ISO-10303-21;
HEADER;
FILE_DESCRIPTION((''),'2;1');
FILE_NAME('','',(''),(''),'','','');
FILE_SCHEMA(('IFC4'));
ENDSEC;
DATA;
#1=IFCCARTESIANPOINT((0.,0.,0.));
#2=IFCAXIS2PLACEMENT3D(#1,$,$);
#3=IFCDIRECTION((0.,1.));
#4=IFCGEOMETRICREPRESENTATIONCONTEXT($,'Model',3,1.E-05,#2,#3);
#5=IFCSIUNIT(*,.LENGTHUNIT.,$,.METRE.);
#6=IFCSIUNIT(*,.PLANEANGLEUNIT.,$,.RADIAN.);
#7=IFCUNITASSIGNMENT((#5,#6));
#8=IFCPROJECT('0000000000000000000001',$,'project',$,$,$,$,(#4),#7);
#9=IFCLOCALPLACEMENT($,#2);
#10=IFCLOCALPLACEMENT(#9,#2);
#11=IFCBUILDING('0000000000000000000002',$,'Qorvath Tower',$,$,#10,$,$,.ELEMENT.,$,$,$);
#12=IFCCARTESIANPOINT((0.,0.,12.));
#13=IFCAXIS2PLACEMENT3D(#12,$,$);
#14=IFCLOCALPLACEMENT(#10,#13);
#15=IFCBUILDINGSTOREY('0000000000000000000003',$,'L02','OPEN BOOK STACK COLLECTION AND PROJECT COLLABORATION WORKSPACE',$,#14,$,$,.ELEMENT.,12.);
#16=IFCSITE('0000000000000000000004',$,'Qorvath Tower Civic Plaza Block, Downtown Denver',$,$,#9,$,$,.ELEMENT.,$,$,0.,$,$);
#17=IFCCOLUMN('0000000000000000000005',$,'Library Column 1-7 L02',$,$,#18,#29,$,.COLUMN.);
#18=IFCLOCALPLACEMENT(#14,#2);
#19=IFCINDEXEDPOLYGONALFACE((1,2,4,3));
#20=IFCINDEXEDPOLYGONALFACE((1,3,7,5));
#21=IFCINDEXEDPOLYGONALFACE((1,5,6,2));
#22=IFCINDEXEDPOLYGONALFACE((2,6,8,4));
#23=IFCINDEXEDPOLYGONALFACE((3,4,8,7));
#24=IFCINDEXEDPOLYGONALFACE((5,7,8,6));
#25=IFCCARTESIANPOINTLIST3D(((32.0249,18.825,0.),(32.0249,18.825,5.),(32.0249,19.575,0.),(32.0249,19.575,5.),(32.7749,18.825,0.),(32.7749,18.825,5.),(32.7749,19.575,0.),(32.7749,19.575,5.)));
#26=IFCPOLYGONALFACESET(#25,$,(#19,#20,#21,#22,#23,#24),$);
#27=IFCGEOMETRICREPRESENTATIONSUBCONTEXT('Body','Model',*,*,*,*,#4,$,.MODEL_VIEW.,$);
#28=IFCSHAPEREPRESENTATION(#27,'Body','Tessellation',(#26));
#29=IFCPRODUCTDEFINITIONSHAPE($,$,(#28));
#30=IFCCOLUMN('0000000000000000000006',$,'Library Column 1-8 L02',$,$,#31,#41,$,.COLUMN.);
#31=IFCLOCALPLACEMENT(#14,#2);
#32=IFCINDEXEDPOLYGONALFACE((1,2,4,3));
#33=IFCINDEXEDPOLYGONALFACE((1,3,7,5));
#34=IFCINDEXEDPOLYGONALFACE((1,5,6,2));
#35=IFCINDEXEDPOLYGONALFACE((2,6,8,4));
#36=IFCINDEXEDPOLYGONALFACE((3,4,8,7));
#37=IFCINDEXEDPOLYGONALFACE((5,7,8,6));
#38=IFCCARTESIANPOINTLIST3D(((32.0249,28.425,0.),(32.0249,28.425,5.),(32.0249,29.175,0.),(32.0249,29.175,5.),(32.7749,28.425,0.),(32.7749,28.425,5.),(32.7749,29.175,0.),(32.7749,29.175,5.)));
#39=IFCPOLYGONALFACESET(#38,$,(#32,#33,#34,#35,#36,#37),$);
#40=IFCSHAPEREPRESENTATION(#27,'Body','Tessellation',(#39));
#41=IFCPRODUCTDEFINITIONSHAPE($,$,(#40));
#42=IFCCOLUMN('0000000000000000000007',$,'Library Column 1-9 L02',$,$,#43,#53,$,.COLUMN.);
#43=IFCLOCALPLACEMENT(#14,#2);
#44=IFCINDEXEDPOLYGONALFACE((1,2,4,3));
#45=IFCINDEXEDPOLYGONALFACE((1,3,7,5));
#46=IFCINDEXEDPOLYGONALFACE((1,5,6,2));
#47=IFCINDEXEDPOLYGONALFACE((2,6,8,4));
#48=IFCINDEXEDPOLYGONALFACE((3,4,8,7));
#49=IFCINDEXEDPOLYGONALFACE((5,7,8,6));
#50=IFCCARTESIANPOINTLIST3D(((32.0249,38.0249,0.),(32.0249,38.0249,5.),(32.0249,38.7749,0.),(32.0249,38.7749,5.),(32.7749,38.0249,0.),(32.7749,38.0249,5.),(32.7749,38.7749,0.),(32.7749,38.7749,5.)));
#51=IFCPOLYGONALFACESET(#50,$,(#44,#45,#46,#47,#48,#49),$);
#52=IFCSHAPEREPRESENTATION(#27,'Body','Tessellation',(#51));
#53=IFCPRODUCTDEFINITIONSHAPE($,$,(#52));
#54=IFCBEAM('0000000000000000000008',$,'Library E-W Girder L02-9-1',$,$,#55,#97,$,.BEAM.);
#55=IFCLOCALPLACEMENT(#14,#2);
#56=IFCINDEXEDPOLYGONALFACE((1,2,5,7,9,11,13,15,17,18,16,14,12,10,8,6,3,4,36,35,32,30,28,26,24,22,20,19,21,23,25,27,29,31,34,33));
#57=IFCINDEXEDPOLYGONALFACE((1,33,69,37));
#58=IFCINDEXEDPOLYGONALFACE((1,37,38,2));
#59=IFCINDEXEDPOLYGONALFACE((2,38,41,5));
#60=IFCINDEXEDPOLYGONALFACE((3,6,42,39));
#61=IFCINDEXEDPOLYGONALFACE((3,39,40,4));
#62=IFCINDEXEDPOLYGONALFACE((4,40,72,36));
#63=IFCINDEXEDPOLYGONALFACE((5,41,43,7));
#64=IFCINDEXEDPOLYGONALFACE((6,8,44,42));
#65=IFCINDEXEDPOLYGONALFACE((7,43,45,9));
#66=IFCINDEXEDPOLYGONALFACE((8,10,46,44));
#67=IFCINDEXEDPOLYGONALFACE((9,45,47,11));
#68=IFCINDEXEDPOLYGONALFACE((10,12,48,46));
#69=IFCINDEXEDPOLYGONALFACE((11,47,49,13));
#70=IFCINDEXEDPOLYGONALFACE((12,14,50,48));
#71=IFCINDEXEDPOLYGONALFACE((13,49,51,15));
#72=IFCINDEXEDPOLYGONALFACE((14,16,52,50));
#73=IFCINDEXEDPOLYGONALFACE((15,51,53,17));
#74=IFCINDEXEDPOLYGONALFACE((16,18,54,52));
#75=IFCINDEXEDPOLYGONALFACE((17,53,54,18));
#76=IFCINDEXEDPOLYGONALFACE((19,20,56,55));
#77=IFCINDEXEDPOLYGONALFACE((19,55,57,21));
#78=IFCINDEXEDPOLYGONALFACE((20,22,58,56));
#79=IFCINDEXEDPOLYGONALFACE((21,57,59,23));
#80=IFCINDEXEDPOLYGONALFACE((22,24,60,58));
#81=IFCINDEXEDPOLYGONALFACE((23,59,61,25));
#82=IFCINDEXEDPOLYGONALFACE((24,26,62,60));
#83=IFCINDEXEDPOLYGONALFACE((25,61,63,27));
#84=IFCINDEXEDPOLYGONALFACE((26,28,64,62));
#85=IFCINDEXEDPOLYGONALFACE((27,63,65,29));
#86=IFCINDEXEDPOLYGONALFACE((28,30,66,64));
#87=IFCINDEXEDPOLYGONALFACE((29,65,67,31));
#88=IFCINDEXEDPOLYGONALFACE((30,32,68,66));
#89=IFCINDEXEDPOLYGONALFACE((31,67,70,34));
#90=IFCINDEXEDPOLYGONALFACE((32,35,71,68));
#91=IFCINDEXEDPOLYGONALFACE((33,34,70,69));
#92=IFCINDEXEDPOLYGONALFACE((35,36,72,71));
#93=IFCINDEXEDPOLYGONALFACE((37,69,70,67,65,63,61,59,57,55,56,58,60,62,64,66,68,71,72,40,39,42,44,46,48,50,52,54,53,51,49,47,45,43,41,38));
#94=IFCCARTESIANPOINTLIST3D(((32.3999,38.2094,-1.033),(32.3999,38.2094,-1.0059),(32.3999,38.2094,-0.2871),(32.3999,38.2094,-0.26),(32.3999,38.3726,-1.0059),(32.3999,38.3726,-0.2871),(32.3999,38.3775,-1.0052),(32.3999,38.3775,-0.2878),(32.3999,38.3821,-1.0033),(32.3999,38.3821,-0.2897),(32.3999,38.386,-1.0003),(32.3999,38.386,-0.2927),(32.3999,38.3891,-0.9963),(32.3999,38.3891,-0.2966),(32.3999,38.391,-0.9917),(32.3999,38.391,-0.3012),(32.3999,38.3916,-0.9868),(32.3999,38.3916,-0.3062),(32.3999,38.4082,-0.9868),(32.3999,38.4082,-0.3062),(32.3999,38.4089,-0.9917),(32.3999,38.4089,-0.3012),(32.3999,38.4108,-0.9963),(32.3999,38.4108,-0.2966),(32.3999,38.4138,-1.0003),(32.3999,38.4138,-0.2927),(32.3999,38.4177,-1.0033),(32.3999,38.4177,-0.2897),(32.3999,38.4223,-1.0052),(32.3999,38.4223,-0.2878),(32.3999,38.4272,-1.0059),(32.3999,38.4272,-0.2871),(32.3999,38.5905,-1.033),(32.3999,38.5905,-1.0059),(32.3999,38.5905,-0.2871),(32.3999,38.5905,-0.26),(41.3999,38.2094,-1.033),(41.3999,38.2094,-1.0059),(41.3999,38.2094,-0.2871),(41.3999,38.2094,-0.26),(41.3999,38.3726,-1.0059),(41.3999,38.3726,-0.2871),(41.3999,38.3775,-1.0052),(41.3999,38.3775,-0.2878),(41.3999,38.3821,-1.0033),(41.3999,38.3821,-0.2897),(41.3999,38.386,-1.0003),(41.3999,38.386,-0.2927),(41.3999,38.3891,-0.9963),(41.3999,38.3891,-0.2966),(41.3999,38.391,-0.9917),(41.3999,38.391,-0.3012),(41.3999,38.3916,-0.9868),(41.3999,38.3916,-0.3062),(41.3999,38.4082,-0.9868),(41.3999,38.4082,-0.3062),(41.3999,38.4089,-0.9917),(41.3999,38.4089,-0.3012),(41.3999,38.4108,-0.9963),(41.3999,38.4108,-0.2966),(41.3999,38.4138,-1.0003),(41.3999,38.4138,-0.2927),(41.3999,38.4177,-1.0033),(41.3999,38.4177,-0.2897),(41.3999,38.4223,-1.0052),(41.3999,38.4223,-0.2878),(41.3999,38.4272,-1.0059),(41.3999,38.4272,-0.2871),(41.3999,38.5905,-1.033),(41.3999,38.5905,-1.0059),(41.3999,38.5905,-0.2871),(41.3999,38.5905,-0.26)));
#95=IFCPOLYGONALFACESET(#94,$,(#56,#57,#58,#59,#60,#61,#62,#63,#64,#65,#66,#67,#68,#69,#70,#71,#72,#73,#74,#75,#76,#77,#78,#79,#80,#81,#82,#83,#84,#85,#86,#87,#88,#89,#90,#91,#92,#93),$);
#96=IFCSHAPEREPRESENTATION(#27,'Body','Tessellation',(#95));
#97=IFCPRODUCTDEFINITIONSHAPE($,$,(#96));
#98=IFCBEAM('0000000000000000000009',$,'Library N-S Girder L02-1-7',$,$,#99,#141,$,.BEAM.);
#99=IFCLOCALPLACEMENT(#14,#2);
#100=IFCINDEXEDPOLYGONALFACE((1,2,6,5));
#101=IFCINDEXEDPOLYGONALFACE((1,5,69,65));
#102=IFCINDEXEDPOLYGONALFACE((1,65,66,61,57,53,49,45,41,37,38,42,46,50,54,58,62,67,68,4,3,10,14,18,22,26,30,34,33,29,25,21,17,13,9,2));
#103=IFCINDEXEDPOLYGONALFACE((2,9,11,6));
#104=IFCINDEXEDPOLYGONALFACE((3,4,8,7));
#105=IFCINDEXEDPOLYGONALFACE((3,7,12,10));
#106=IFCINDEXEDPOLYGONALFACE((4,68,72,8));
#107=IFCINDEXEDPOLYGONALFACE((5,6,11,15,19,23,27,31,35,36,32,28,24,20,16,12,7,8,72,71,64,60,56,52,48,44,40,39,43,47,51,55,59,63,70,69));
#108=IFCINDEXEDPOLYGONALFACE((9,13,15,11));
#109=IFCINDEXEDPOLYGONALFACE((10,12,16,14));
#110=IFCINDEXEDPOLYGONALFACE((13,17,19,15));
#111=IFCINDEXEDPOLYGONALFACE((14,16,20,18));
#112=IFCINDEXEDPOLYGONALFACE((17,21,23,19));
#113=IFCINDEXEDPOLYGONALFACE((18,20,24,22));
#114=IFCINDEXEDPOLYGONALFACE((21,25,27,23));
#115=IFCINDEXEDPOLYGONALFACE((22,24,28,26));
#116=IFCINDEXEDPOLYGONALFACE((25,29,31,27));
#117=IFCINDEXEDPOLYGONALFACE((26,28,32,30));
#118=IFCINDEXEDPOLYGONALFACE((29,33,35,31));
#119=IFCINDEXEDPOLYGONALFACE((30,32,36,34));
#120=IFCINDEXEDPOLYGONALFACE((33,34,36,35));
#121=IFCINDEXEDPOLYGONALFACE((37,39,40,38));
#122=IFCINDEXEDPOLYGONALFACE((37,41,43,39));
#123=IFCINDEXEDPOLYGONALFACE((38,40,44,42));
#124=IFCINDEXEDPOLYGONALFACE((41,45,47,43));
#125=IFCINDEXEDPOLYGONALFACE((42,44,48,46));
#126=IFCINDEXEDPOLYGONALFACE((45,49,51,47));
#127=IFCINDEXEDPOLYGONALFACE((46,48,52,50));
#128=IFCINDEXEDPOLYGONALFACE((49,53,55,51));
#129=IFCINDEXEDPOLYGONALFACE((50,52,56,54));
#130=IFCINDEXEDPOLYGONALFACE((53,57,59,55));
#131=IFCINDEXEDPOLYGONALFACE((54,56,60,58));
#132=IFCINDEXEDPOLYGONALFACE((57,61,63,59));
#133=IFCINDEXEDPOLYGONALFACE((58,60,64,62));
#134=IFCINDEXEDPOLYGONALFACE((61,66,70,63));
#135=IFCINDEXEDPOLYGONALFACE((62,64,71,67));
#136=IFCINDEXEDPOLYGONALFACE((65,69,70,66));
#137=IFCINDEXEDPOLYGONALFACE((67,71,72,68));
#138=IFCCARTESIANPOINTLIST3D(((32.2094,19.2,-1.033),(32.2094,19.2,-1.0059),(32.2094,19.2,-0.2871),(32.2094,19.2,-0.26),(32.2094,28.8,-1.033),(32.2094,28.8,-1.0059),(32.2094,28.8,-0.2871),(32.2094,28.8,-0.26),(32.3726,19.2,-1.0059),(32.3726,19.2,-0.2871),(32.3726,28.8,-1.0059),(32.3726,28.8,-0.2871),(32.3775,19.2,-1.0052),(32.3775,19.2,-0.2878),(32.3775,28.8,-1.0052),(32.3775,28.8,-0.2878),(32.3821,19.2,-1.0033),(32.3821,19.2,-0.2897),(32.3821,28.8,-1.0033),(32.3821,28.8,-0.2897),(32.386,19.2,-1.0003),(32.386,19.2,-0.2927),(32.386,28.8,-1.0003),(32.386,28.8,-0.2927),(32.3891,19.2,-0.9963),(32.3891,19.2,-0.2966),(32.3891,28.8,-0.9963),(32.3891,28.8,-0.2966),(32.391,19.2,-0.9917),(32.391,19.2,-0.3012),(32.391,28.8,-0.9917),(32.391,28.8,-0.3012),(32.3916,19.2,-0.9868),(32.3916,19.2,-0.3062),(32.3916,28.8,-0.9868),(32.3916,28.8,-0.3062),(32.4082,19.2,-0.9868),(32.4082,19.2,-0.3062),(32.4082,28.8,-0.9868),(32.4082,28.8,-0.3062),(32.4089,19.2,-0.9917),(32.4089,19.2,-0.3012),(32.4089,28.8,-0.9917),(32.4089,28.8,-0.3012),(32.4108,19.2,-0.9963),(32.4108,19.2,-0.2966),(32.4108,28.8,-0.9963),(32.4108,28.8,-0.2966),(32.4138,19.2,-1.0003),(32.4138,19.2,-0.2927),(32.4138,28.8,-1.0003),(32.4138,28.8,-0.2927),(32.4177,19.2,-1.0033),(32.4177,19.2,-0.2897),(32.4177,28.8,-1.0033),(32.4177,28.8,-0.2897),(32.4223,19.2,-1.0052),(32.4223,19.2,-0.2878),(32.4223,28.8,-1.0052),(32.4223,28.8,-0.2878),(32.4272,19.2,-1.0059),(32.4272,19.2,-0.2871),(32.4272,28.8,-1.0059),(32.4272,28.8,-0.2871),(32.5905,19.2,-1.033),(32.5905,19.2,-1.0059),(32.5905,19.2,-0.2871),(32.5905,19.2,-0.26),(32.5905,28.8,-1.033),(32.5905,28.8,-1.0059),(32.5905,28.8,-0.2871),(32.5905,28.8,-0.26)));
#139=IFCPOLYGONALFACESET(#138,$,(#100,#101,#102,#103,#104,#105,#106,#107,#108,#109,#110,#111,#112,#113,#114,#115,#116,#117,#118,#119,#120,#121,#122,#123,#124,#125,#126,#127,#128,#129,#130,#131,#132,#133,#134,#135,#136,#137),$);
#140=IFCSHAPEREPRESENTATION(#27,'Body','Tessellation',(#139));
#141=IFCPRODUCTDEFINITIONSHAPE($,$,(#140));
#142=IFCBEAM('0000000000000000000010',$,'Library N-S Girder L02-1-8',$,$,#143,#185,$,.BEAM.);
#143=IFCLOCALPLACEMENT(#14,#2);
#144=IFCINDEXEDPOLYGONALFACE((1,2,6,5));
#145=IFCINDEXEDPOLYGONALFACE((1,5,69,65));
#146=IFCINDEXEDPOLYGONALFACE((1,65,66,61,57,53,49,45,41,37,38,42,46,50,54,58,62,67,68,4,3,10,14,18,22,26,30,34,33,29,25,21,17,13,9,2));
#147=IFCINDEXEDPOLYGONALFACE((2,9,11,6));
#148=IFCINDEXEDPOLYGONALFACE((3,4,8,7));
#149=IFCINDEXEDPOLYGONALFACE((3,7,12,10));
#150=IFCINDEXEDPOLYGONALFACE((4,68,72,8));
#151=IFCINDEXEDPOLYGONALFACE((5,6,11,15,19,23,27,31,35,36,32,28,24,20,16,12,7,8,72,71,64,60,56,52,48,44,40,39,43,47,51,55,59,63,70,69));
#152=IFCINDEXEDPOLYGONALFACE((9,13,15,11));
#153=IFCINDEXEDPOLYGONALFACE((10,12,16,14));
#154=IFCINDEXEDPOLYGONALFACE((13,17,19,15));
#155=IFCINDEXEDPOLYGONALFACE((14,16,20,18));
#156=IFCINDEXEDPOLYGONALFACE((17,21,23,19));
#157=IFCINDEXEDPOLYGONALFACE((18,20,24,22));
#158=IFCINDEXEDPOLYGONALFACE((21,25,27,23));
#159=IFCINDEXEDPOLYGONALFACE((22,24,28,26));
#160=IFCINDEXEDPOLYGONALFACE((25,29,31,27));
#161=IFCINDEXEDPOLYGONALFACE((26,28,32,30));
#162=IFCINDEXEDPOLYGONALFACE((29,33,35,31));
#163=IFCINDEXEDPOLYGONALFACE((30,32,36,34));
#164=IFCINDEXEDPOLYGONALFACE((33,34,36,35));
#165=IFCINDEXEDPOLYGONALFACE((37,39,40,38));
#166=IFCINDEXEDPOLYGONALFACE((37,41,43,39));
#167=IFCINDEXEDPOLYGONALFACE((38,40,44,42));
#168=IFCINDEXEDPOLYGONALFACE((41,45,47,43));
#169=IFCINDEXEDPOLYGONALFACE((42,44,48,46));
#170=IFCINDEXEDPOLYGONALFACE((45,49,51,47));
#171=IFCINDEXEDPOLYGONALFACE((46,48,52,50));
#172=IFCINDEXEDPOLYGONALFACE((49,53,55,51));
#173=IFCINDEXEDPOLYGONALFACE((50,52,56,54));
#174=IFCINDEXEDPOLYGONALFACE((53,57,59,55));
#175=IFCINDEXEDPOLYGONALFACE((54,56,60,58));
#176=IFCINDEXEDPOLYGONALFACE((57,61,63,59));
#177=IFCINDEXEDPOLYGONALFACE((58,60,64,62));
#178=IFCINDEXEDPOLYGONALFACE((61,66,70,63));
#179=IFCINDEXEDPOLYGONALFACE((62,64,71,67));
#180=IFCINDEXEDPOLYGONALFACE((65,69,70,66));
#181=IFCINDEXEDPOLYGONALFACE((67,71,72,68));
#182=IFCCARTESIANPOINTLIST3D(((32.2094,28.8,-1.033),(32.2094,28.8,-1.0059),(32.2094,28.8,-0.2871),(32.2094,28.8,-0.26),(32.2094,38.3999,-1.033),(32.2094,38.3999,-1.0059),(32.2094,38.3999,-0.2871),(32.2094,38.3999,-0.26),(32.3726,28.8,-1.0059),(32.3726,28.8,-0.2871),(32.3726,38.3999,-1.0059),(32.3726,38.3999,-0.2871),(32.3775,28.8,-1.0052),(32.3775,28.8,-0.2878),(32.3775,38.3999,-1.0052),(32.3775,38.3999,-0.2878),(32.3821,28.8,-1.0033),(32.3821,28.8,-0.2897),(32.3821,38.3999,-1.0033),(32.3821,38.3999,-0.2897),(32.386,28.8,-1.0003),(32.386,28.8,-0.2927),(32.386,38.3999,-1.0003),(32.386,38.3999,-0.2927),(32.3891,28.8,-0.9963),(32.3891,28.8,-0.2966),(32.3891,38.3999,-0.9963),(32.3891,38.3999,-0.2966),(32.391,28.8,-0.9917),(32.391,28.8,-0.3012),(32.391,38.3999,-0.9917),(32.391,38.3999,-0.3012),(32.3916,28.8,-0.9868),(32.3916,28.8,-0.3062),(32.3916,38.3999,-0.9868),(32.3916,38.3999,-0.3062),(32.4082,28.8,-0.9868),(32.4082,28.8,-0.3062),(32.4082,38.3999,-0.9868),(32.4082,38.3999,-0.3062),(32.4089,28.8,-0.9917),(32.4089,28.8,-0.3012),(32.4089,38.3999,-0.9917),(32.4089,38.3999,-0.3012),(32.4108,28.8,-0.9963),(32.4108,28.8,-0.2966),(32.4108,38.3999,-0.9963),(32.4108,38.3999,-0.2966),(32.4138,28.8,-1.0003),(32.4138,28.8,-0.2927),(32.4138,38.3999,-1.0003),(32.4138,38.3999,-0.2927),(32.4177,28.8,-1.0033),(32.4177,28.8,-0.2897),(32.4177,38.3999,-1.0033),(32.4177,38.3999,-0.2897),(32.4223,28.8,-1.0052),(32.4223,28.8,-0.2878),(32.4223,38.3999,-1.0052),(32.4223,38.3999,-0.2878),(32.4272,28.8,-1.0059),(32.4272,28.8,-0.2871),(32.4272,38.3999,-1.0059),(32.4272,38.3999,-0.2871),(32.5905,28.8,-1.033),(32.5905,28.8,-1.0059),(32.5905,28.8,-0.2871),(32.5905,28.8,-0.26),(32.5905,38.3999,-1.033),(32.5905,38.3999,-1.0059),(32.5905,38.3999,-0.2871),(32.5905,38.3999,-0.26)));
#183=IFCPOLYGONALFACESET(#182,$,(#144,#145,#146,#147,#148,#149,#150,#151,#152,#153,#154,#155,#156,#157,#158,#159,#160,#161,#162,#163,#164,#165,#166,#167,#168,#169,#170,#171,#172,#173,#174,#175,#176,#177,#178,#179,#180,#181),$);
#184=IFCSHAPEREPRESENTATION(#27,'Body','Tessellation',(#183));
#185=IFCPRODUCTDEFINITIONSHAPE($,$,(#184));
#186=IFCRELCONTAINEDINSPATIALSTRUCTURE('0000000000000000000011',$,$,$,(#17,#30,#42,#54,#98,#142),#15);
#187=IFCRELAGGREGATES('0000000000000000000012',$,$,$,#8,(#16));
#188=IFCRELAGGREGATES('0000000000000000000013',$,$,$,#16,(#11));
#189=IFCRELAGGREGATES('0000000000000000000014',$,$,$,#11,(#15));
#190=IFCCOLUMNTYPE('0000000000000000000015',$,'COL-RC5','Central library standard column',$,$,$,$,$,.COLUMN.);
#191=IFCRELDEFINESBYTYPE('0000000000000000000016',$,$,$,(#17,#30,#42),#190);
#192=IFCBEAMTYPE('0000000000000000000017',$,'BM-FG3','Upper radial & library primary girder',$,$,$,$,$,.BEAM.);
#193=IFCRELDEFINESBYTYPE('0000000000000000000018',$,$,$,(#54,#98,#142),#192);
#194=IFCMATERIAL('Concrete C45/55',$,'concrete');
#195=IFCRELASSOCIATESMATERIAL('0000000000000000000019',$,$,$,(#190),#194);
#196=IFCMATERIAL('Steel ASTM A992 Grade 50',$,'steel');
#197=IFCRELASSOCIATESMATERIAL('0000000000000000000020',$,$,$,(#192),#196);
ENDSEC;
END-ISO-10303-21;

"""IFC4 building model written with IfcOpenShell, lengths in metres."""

from ifc_helpers import new_model, si_unit, direction, frame, origin, origin_2d, place, context, subcontext, project, spatial, rectangle, i_section, extrude, material, material_profile, profile_set, type_object, element, save


model = new_model("IFC4")

# Units and contexts
model_context = context("Model", 3, precision=1e-05, world=origin(), true_north=direction((0.0, 1.0)))
body_context = subcontext(model_context, "Body", "Model", "MODEL_VIEW")
ifc_project = project(units=[si_unit("LENGTHUNIT", "METRE"), si_unit("PLANEANGLEUNIT", "RADIAN")], contexts=[model_context])

# Site, building, storey
site_placement = place(None, origin())
site = spatial("IfcSite", under=ifc_project, at=site_placement, Name="Qorvath Tower Civic Plaza Block, Downtown Denver", CompositionType="ELEMENT", RefElevation=0.0)
building_placement = place(site_placement, origin())
building = spatial("IfcBuilding", under=site, at=building_placement, Name="Qorvath Tower", CompositionType="ELEMENT")
storey_placement = place(building_placement, frame((0.0, 0.0, 12.0)))
storey = spatial("IfcBuildingStorey", under=building, at=storey_placement, Name="L02", Description="OPEN BOOK STACK COLLECTION AND PROJECT COLLABORATION WORKSPACE", CompositionType="ELEMENT", Elevation=12.0)

# Columns
ifc_material_1 = material(Name="Concrete C45/55", Category="concrete")
ifc_material_profile_1 = material_profile(ifc_material_1, rectangle(XDim=0.75, YDim=0.75, at=origin_2d()), Name="RC 750x750")
ifc_profile_set_1 = profile_set([ifc_material_profile_1], Name="Concrete C45/55")
column_type = type_object("IfcColumnType", Name="COL-RC5", Description="Central library standard column", PredefinedType="COLUMN", material=ifc_profile_set_1)
for number, where, z_axis, x_axis, name in (
    (1, (32.3999, 19.2, 0.0), (0.0, 0.0, 1.0), (1.0, 0.0, 0.0), "Library Column 1-7 L02"),
    (2, (32.3999, 28.8, 0.0), (0.0, 0.0, 1.0), (1.0, 0.0, 0.0), "Library Column 1-8 L02"),
    (3, (32.3999, 38.3999, 0.0), (0.0, 0.0, 1.0), (1.0, 0.0, 0.0), "Library Column 1-9 L02"),
):
    element("IfcColumn", number, at=place(storey_placement, frame(where, z_axis=z_axis, x_axis=x_axis)), inside=storey, type_object=column_type, Name=name, PredefinedType="COLUMN", context=body_context, shape_type="SweptSolid", body=[
        extrude(rectangle(XDim=0.75, YDim=0.75, at=origin_2d()), origin(), (0.0, 0.0, 1.0), 5.0),
    ])

# Beams
ifc_material_2 = material(Name="Steel ASTM A992 Grade 50", Category="steel")
ifc_material_profile_2 = material_profile(ifc_material_2, i_section(OverallWidth=0.3811, OverallDepth=0.7729, WebThickness=0.0166, FlangeThickness=0.0271, FilletRadius=0.019, at=origin_2d()), Name="W30x173")
ifc_profile_set_2 = profile_set([ifc_material_profile_2], Name="Steel ASTM A992 Grade 50")
beam_type_1 = type_object("IfcBeamType", Name="BM-FG3", Description="Upper radial & library primary girder", PredefinedType="BEAM", material=ifc_profile_set_2)
beam_1_placement = place(storey_placement, frame((32.3999, 38.3999, -0.6465), z_axis=(1.0, 0.0, 0.0), x_axis=(0.0, 1.0, 0.0)))
element("IfcBeam", 4, at=beam_1_placement, inside=storey, type_object=beam_type_1, Name="Library E-W Girder L02-9-1", PredefinedType="BEAM", context=body_context, shape_type="SweptSolid", body=[
    extrude(i_section(OverallWidth=0.3811, OverallDepth=0.7729, WebThickness=0.0166, FlangeThickness=0.0271, FilletRadius=0.019, at=origin_2d()), origin(), (0.0, 0.0, 1.0), 9.0),
])
beam_2_placement = place(storey_placement, frame((32.3999, 19.2, -0.6465), z_axis=(0.0, 1.0, 0.0), x_axis=(-1.0, 0.0, 0.0)))
element("IfcBeam", 5, at=beam_2_placement, inside=storey, type_object=beam_type_1, Name="Library N-S Girder L02-1-7", PredefinedType="BEAM", context=body_context, shape_type="SweptSolid", body=[
    extrude(i_section(OverallWidth=0.3811, OverallDepth=0.7729, WebThickness=0.0166, FlangeThickness=0.0271, FilletRadius=0.019, at=origin_2d()), origin(), (0.0, 0.0, 1.0), 9.6001),
])
beam_3_placement = place(storey_placement, frame((32.3999, 28.8, -0.6465), z_axis=(0.0, 1.0, 0.0), x_axis=(-1.0, 0.0, 0.0)))
element("IfcBeam", 6, at=beam_3_placement, inside=storey, type_object=beam_type_1, Name="Library N-S Girder L02-1-8", PredefinedType="BEAM", context=body_context, shape_type="SweptSolid", body=[
    extrude(i_section(OverallWidth=0.3811, OverallDepth=0.7729, WebThickness=0.0166, FlangeThickness=0.0271, FilletRadius=0.019, at=origin_2d()), origin(), (0.0, 0.0, 1.0), 9.5999),
])

save(model, "model.ifc")
